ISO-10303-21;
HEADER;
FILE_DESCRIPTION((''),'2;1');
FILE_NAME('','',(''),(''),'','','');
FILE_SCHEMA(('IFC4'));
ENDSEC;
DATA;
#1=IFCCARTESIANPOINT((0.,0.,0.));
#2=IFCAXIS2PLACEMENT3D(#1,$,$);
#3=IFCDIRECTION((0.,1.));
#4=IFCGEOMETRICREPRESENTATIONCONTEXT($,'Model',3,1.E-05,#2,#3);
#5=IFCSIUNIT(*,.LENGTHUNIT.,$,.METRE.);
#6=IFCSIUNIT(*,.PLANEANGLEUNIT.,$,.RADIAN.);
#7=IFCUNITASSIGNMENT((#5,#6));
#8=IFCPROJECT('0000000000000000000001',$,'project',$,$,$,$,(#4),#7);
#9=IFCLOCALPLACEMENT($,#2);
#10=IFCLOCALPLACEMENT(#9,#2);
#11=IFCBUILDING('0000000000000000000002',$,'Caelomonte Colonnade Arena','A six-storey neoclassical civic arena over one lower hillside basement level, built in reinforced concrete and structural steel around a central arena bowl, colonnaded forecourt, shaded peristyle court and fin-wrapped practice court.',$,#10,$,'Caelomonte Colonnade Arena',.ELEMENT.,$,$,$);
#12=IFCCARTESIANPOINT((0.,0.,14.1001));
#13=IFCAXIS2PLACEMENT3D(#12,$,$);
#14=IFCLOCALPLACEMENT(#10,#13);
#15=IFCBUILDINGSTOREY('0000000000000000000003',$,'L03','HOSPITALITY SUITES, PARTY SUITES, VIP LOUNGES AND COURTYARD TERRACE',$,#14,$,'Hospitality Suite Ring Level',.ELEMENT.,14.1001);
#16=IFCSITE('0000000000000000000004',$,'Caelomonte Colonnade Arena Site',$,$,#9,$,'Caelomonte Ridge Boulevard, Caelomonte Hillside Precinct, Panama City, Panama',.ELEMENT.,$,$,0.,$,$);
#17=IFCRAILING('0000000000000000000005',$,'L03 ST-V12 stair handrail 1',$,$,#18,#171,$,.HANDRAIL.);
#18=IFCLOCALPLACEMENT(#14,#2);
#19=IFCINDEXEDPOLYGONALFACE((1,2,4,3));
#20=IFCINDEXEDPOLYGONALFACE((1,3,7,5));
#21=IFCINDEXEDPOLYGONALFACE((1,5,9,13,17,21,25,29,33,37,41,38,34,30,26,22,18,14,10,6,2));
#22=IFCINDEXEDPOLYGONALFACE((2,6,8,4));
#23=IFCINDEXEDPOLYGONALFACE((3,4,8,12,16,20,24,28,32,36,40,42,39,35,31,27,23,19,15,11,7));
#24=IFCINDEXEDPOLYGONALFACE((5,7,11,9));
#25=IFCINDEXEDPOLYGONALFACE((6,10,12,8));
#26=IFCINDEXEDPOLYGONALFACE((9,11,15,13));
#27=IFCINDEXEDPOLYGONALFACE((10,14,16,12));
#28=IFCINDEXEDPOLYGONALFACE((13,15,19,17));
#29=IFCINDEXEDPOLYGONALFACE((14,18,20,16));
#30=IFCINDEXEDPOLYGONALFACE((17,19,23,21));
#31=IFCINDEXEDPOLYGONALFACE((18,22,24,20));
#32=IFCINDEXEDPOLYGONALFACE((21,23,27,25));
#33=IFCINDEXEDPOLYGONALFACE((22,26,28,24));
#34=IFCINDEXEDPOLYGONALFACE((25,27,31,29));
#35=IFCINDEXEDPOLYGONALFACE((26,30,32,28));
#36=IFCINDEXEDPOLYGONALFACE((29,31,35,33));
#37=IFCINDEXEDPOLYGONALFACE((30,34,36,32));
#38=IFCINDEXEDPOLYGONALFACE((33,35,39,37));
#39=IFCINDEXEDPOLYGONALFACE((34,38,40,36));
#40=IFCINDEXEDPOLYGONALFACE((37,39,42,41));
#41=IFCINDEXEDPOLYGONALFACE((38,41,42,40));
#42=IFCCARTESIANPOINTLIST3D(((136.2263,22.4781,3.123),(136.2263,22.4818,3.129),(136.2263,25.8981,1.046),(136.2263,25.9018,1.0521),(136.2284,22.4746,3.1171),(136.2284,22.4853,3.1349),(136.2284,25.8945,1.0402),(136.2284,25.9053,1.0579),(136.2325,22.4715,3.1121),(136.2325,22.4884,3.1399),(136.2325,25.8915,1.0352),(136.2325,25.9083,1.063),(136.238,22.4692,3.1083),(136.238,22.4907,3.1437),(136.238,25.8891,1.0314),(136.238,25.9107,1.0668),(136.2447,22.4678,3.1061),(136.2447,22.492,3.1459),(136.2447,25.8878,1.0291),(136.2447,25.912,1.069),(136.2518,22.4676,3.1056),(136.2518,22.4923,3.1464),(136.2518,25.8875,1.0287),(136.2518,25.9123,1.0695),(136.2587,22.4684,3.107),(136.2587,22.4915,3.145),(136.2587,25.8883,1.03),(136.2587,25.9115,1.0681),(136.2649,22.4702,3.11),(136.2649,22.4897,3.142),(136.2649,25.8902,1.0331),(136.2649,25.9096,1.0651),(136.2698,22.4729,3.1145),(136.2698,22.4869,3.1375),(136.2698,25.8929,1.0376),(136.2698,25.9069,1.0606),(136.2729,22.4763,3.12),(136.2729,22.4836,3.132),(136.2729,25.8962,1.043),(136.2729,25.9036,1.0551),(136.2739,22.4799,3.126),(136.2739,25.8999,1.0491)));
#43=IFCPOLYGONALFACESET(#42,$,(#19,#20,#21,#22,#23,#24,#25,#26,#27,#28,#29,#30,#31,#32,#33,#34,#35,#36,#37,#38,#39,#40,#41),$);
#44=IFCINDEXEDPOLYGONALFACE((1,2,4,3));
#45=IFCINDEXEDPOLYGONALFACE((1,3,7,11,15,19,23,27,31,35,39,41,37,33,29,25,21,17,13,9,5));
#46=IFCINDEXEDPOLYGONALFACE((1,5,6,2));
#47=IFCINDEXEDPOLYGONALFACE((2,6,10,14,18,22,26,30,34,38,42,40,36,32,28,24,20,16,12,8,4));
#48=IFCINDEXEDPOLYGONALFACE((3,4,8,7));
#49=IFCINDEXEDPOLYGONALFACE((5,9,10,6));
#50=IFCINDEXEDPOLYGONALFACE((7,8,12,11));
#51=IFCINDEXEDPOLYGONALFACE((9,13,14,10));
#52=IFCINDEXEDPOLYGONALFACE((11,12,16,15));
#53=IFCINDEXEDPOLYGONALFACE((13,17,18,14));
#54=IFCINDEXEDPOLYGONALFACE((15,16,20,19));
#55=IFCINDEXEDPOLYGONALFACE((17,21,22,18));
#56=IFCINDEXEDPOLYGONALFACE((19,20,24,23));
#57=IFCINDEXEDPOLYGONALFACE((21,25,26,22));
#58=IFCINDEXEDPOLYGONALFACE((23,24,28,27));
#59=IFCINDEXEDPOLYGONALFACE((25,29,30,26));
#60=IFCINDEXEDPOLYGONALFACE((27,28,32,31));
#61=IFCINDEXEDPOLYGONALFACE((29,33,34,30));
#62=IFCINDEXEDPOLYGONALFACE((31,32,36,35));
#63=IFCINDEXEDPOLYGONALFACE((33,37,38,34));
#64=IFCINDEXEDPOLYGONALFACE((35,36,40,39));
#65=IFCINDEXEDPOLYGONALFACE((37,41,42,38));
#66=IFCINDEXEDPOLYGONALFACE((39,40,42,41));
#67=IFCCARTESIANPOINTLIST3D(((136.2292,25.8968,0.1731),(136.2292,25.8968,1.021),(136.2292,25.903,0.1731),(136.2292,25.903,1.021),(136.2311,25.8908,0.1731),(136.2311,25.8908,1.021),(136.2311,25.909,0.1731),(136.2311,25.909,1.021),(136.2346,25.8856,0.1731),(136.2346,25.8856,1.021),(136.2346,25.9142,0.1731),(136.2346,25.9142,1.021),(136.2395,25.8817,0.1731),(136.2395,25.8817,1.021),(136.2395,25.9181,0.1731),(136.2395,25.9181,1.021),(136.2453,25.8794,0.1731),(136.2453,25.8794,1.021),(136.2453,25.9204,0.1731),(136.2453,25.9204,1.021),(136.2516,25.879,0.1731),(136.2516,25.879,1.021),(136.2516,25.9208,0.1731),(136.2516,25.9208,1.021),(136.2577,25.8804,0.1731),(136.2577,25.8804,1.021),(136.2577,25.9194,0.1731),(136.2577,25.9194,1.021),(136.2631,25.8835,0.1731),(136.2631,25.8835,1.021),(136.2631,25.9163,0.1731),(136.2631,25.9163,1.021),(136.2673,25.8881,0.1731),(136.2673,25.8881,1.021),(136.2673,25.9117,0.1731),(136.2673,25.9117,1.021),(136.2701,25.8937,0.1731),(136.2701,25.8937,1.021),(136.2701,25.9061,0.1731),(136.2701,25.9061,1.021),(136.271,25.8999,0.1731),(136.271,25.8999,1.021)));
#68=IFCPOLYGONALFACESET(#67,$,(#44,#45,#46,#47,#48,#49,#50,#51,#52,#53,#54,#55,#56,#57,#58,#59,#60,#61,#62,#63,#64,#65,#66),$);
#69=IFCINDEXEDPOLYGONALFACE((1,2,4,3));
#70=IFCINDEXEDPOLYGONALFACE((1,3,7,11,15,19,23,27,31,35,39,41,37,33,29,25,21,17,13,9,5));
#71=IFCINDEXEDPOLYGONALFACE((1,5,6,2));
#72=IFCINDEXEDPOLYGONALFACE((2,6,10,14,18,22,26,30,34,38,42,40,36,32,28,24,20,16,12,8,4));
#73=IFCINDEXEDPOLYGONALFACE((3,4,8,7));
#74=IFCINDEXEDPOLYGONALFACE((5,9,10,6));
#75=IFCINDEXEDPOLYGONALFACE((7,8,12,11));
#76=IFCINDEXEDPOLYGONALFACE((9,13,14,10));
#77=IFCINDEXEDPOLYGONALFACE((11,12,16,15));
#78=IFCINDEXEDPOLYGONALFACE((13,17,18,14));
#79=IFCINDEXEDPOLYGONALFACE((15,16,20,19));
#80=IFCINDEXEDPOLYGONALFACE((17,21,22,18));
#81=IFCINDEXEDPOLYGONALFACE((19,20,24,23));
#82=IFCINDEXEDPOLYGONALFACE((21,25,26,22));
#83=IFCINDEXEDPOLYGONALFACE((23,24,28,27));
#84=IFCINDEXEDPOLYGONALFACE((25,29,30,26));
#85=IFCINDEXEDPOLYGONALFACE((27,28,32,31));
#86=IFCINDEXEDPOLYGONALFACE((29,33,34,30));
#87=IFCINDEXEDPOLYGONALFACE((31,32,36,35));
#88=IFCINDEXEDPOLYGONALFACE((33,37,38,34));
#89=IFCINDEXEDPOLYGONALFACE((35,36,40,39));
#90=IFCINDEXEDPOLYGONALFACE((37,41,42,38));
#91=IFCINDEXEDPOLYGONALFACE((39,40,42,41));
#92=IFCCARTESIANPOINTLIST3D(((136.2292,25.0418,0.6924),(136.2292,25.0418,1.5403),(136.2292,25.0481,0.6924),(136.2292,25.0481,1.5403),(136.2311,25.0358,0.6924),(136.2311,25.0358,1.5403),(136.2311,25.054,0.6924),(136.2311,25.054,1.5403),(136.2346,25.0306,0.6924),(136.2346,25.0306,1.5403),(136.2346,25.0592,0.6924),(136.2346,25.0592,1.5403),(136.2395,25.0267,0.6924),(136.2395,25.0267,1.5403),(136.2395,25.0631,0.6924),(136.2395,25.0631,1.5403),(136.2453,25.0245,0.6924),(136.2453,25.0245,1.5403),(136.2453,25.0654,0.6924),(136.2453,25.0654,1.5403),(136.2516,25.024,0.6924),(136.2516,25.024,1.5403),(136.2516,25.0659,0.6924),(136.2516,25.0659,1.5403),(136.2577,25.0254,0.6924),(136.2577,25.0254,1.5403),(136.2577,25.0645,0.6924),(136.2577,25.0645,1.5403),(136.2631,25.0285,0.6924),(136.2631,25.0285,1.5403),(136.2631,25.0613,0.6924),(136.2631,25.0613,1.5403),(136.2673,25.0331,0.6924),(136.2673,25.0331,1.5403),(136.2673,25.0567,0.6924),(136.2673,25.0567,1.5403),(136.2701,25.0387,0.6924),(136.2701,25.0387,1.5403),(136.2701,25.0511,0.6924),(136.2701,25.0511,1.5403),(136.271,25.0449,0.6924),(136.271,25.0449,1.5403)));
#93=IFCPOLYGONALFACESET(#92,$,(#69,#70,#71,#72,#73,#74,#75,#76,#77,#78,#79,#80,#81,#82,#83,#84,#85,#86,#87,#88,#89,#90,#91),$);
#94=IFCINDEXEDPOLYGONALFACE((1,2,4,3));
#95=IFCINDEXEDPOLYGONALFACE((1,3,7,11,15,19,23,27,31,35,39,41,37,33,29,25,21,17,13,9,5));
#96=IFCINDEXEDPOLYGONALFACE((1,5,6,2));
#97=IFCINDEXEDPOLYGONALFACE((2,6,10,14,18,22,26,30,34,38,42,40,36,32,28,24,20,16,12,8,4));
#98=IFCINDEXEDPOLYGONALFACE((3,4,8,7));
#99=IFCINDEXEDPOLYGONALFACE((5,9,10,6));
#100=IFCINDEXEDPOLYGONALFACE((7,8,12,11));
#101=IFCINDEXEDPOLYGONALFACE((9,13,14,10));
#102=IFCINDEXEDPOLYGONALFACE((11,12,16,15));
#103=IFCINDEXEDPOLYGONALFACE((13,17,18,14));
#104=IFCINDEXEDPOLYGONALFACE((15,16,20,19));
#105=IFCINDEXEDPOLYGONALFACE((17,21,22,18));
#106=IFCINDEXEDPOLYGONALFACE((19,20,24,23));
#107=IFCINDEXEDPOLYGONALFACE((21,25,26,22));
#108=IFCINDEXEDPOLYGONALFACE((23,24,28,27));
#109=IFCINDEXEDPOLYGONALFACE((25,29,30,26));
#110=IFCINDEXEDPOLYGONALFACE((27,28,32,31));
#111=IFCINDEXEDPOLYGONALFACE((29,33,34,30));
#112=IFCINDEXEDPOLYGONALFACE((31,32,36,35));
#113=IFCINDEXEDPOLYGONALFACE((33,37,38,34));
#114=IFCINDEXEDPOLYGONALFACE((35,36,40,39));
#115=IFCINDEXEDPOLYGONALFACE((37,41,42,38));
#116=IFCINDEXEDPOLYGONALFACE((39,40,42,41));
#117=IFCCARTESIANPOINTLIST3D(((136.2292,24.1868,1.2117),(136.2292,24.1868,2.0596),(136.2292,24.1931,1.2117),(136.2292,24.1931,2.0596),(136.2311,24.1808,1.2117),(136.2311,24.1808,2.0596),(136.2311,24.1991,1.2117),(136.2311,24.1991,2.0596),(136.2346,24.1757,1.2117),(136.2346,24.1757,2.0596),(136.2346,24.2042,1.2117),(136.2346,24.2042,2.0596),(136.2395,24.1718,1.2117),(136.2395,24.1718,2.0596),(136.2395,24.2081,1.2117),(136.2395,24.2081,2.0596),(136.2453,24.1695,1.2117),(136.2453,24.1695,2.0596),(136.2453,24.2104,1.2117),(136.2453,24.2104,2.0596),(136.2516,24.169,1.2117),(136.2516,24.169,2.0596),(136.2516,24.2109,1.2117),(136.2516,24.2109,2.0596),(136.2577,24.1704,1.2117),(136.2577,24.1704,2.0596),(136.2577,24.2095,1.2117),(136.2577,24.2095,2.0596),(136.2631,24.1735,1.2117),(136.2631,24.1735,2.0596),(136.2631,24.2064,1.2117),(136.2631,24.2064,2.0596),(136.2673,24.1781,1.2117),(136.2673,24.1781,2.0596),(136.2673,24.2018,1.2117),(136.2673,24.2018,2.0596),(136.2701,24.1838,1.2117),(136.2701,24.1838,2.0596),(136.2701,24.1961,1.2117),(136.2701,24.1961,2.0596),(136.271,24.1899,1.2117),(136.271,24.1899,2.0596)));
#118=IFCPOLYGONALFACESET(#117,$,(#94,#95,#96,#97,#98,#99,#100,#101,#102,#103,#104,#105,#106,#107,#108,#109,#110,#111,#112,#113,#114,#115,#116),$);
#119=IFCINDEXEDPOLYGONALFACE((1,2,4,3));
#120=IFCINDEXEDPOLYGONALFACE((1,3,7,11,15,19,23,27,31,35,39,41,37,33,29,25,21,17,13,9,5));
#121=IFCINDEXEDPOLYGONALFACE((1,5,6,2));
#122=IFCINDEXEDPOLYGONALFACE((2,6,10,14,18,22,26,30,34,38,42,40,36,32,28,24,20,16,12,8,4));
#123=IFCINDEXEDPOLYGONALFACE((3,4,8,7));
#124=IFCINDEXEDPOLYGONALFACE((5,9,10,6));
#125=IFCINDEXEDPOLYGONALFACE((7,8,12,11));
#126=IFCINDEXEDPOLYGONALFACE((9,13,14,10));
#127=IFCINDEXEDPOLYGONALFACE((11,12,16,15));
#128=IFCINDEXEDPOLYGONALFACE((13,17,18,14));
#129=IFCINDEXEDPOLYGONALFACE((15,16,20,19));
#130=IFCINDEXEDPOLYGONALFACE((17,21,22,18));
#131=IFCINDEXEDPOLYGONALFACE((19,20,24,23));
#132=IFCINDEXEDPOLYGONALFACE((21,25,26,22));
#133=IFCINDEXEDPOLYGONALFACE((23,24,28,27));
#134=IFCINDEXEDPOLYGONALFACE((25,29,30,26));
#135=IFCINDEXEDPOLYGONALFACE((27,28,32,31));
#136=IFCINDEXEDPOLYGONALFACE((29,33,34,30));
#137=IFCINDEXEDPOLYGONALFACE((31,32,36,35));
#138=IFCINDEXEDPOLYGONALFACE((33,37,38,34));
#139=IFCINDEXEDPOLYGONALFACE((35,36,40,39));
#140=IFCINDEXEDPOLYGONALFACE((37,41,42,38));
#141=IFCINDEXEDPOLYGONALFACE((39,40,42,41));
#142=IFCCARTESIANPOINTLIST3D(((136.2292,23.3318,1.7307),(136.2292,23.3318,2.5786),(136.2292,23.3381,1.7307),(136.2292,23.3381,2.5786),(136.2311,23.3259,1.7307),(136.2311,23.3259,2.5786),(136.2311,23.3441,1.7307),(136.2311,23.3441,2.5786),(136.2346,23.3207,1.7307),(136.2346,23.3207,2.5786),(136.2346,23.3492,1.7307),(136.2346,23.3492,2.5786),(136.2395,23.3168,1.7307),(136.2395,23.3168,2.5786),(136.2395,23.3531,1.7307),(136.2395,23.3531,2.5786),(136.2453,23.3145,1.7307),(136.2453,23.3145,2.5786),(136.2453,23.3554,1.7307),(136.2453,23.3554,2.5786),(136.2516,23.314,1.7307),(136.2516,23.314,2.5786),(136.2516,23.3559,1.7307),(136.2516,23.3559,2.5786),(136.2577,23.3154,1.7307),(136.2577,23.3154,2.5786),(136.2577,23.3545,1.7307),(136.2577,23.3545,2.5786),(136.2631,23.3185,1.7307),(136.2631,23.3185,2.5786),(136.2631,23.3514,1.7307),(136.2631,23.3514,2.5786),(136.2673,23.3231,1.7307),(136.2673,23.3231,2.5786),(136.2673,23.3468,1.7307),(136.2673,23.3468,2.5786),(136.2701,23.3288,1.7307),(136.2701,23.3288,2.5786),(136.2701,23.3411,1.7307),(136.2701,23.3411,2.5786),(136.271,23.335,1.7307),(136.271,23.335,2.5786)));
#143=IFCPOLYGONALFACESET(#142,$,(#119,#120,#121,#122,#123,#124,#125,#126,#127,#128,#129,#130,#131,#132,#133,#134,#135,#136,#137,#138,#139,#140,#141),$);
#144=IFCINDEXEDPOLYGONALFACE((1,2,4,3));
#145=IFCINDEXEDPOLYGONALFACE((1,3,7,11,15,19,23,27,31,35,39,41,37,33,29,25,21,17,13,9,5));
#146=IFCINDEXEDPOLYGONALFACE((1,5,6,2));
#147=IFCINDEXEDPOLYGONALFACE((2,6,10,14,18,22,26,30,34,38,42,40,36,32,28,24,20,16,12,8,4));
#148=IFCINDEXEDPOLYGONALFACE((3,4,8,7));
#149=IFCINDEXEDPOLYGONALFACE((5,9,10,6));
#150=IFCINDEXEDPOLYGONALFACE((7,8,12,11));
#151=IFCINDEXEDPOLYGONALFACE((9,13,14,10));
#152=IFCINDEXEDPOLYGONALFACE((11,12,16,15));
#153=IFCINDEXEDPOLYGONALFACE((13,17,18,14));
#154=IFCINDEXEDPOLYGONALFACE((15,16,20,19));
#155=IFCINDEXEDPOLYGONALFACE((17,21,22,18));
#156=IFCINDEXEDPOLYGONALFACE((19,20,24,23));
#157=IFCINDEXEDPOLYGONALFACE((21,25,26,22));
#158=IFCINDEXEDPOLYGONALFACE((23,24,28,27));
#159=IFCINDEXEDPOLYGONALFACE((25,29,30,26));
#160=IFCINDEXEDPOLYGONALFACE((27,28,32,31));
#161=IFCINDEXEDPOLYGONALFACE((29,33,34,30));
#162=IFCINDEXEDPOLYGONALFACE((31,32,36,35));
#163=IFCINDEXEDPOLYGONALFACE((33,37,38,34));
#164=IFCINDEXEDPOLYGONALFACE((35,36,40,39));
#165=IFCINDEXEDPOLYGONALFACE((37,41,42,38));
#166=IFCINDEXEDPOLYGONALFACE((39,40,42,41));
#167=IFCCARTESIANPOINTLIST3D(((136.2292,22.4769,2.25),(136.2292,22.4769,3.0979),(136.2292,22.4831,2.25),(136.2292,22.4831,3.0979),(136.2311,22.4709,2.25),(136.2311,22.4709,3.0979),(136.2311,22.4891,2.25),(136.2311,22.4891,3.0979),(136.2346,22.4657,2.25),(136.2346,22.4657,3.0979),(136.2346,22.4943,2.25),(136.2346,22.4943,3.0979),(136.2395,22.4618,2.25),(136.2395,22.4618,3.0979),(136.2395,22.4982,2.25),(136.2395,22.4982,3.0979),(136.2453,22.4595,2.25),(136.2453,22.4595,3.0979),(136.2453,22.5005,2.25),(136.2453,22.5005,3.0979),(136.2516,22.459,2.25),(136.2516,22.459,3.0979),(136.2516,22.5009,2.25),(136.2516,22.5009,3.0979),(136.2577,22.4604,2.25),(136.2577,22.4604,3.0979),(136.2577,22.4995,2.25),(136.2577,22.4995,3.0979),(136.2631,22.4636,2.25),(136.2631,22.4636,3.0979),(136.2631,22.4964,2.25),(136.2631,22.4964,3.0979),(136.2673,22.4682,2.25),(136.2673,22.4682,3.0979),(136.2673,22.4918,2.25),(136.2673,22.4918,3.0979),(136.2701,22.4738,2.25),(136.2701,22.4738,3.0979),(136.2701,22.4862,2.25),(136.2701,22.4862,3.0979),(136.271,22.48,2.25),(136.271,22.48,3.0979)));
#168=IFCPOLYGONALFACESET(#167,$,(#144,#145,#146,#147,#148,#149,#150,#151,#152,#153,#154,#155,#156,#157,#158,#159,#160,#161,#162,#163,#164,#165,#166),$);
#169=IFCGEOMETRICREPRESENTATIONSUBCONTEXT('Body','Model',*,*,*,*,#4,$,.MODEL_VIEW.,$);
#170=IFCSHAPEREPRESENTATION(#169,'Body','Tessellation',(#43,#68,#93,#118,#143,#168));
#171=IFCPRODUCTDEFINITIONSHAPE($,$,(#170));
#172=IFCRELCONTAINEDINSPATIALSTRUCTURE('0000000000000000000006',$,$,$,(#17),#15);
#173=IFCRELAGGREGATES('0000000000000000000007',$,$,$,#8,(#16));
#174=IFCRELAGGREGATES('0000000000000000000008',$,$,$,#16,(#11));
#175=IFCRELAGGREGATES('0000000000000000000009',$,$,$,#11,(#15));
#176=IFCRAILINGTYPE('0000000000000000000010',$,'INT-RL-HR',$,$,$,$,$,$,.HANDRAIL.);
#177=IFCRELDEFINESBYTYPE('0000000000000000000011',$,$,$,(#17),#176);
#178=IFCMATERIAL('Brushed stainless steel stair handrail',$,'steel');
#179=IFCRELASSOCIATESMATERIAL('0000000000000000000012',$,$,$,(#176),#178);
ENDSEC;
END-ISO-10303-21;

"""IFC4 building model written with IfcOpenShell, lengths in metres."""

from ifc_helpers import new_model, si_unit, direction, frame, origin, origin_2d, place, context, subcontext, project, spatial, circle, extrude, material, type_object, element, save


model = new_model("IFC4")

# Units and contexts
model_context = context("Model", 3, precision=1e-05, world=origin(), true_north=direction((0.0, 1.0)))
body_context = subcontext(model_context, "Body", "Model", "MODEL_VIEW")
ifc_project = project(units=[si_unit("LENGTHUNIT", "METRE"), si_unit("PLANEANGLEUNIT", "RADIAN")], contexts=[model_context])

# Site, building, storey
site_placement = place(None, origin())
site = spatial("IfcSite", under=ifc_project, at=site_placement, Name="Caelomonte Colonnade Arena Site", LongName="Caelomonte Ridge Boulevard, Caelomonte Hillside Precinct, Panama City, Panama", CompositionType="ELEMENT", RefElevation=0.0)
building_placement = place(site_placement, origin())
building = spatial("IfcBuilding", under=site, at=building_placement, Name="Caelomonte Colonnade Arena", Description="A six-storey neoclassical civic arena over one lower hillside basement level, built in reinforced concrete and structural steel around a central arena bowl, colonnaded forecourt, shaded peristyle court and fin-wrapped practice court.", LongName="Caelomonte Colonnade Arena", CompositionType="ELEMENT")
storey_placement = place(building_placement, frame((0.0, 0.0, 14.1001)))
storey = spatial("IfcBuildingStorey", under=building, at=storey_placement, Name="L03", Description="HOSPITALITY SUITES, PARTY SUITES, VIP LOUNGES AND COURTYARD TERRACE", LongName="Hospitality Suite Ring Level", CompositionType="ELEMENT", Elevation=14.1001)

# Railing
ifc_material_1 = material(Name="Brushed stainless steel stair handrail", Category="steel")
railing_type_1 = type_object("IfcRailingType", Name="INT-RL-HR", PredefinedType="HANDRAIL", material=ifc_material_1)
railing_1_placement = place(storey_placement, frame((136.25, 25.8999, 0.1731)))
element("IfcRailing", 1, at=railing_1_placement, inside=storey, type_object=railing_type_1, Name="L03 ST-V12 stair handrail 1", PredefinedType="HANDRAIL", context=body_context, shape_type="SweptSolid", body=[
    extrude(circle(Radius=0.0239, at=origin_2d()), frame((0.0, 0.0, 0.876), z_axis=(0.0, -0.85473, 0.519074), x_axis=(1.0, 0.0, 0.0)), (0.0, 0.0, 1.0), 4.0012),
    extrude(circle(Radius=0.021, at=origin_2d()), origin(), (0.0, 0.0, 1.0), 0.8479),
    extrude(circle(Radius=0.021, at=origin_2d()), frame((0.0, -0.855, 0.5193)), (0.0, 0.0, 1.0), 0.8479),
    extrude(circle(Radius=0.021, at=origin_2d()), frame((0.0, -1.71, 1.0386)), (0.0, 0.0, 1.0), 0.8479),
    extrude(circle(Radius=0.021, at=origin_2d()), frame((0.0, -2.5649, 1.5576)), (0.0, 0.0, 1.0), 0.8479),
    extrude(circle(Radius=0.021, at=origin_2d()), frame((0.0, -3.4199, 2.0769)), (0.0, 0.0, 1.0), 0.8479),
])

save(model, "model.ifc")
